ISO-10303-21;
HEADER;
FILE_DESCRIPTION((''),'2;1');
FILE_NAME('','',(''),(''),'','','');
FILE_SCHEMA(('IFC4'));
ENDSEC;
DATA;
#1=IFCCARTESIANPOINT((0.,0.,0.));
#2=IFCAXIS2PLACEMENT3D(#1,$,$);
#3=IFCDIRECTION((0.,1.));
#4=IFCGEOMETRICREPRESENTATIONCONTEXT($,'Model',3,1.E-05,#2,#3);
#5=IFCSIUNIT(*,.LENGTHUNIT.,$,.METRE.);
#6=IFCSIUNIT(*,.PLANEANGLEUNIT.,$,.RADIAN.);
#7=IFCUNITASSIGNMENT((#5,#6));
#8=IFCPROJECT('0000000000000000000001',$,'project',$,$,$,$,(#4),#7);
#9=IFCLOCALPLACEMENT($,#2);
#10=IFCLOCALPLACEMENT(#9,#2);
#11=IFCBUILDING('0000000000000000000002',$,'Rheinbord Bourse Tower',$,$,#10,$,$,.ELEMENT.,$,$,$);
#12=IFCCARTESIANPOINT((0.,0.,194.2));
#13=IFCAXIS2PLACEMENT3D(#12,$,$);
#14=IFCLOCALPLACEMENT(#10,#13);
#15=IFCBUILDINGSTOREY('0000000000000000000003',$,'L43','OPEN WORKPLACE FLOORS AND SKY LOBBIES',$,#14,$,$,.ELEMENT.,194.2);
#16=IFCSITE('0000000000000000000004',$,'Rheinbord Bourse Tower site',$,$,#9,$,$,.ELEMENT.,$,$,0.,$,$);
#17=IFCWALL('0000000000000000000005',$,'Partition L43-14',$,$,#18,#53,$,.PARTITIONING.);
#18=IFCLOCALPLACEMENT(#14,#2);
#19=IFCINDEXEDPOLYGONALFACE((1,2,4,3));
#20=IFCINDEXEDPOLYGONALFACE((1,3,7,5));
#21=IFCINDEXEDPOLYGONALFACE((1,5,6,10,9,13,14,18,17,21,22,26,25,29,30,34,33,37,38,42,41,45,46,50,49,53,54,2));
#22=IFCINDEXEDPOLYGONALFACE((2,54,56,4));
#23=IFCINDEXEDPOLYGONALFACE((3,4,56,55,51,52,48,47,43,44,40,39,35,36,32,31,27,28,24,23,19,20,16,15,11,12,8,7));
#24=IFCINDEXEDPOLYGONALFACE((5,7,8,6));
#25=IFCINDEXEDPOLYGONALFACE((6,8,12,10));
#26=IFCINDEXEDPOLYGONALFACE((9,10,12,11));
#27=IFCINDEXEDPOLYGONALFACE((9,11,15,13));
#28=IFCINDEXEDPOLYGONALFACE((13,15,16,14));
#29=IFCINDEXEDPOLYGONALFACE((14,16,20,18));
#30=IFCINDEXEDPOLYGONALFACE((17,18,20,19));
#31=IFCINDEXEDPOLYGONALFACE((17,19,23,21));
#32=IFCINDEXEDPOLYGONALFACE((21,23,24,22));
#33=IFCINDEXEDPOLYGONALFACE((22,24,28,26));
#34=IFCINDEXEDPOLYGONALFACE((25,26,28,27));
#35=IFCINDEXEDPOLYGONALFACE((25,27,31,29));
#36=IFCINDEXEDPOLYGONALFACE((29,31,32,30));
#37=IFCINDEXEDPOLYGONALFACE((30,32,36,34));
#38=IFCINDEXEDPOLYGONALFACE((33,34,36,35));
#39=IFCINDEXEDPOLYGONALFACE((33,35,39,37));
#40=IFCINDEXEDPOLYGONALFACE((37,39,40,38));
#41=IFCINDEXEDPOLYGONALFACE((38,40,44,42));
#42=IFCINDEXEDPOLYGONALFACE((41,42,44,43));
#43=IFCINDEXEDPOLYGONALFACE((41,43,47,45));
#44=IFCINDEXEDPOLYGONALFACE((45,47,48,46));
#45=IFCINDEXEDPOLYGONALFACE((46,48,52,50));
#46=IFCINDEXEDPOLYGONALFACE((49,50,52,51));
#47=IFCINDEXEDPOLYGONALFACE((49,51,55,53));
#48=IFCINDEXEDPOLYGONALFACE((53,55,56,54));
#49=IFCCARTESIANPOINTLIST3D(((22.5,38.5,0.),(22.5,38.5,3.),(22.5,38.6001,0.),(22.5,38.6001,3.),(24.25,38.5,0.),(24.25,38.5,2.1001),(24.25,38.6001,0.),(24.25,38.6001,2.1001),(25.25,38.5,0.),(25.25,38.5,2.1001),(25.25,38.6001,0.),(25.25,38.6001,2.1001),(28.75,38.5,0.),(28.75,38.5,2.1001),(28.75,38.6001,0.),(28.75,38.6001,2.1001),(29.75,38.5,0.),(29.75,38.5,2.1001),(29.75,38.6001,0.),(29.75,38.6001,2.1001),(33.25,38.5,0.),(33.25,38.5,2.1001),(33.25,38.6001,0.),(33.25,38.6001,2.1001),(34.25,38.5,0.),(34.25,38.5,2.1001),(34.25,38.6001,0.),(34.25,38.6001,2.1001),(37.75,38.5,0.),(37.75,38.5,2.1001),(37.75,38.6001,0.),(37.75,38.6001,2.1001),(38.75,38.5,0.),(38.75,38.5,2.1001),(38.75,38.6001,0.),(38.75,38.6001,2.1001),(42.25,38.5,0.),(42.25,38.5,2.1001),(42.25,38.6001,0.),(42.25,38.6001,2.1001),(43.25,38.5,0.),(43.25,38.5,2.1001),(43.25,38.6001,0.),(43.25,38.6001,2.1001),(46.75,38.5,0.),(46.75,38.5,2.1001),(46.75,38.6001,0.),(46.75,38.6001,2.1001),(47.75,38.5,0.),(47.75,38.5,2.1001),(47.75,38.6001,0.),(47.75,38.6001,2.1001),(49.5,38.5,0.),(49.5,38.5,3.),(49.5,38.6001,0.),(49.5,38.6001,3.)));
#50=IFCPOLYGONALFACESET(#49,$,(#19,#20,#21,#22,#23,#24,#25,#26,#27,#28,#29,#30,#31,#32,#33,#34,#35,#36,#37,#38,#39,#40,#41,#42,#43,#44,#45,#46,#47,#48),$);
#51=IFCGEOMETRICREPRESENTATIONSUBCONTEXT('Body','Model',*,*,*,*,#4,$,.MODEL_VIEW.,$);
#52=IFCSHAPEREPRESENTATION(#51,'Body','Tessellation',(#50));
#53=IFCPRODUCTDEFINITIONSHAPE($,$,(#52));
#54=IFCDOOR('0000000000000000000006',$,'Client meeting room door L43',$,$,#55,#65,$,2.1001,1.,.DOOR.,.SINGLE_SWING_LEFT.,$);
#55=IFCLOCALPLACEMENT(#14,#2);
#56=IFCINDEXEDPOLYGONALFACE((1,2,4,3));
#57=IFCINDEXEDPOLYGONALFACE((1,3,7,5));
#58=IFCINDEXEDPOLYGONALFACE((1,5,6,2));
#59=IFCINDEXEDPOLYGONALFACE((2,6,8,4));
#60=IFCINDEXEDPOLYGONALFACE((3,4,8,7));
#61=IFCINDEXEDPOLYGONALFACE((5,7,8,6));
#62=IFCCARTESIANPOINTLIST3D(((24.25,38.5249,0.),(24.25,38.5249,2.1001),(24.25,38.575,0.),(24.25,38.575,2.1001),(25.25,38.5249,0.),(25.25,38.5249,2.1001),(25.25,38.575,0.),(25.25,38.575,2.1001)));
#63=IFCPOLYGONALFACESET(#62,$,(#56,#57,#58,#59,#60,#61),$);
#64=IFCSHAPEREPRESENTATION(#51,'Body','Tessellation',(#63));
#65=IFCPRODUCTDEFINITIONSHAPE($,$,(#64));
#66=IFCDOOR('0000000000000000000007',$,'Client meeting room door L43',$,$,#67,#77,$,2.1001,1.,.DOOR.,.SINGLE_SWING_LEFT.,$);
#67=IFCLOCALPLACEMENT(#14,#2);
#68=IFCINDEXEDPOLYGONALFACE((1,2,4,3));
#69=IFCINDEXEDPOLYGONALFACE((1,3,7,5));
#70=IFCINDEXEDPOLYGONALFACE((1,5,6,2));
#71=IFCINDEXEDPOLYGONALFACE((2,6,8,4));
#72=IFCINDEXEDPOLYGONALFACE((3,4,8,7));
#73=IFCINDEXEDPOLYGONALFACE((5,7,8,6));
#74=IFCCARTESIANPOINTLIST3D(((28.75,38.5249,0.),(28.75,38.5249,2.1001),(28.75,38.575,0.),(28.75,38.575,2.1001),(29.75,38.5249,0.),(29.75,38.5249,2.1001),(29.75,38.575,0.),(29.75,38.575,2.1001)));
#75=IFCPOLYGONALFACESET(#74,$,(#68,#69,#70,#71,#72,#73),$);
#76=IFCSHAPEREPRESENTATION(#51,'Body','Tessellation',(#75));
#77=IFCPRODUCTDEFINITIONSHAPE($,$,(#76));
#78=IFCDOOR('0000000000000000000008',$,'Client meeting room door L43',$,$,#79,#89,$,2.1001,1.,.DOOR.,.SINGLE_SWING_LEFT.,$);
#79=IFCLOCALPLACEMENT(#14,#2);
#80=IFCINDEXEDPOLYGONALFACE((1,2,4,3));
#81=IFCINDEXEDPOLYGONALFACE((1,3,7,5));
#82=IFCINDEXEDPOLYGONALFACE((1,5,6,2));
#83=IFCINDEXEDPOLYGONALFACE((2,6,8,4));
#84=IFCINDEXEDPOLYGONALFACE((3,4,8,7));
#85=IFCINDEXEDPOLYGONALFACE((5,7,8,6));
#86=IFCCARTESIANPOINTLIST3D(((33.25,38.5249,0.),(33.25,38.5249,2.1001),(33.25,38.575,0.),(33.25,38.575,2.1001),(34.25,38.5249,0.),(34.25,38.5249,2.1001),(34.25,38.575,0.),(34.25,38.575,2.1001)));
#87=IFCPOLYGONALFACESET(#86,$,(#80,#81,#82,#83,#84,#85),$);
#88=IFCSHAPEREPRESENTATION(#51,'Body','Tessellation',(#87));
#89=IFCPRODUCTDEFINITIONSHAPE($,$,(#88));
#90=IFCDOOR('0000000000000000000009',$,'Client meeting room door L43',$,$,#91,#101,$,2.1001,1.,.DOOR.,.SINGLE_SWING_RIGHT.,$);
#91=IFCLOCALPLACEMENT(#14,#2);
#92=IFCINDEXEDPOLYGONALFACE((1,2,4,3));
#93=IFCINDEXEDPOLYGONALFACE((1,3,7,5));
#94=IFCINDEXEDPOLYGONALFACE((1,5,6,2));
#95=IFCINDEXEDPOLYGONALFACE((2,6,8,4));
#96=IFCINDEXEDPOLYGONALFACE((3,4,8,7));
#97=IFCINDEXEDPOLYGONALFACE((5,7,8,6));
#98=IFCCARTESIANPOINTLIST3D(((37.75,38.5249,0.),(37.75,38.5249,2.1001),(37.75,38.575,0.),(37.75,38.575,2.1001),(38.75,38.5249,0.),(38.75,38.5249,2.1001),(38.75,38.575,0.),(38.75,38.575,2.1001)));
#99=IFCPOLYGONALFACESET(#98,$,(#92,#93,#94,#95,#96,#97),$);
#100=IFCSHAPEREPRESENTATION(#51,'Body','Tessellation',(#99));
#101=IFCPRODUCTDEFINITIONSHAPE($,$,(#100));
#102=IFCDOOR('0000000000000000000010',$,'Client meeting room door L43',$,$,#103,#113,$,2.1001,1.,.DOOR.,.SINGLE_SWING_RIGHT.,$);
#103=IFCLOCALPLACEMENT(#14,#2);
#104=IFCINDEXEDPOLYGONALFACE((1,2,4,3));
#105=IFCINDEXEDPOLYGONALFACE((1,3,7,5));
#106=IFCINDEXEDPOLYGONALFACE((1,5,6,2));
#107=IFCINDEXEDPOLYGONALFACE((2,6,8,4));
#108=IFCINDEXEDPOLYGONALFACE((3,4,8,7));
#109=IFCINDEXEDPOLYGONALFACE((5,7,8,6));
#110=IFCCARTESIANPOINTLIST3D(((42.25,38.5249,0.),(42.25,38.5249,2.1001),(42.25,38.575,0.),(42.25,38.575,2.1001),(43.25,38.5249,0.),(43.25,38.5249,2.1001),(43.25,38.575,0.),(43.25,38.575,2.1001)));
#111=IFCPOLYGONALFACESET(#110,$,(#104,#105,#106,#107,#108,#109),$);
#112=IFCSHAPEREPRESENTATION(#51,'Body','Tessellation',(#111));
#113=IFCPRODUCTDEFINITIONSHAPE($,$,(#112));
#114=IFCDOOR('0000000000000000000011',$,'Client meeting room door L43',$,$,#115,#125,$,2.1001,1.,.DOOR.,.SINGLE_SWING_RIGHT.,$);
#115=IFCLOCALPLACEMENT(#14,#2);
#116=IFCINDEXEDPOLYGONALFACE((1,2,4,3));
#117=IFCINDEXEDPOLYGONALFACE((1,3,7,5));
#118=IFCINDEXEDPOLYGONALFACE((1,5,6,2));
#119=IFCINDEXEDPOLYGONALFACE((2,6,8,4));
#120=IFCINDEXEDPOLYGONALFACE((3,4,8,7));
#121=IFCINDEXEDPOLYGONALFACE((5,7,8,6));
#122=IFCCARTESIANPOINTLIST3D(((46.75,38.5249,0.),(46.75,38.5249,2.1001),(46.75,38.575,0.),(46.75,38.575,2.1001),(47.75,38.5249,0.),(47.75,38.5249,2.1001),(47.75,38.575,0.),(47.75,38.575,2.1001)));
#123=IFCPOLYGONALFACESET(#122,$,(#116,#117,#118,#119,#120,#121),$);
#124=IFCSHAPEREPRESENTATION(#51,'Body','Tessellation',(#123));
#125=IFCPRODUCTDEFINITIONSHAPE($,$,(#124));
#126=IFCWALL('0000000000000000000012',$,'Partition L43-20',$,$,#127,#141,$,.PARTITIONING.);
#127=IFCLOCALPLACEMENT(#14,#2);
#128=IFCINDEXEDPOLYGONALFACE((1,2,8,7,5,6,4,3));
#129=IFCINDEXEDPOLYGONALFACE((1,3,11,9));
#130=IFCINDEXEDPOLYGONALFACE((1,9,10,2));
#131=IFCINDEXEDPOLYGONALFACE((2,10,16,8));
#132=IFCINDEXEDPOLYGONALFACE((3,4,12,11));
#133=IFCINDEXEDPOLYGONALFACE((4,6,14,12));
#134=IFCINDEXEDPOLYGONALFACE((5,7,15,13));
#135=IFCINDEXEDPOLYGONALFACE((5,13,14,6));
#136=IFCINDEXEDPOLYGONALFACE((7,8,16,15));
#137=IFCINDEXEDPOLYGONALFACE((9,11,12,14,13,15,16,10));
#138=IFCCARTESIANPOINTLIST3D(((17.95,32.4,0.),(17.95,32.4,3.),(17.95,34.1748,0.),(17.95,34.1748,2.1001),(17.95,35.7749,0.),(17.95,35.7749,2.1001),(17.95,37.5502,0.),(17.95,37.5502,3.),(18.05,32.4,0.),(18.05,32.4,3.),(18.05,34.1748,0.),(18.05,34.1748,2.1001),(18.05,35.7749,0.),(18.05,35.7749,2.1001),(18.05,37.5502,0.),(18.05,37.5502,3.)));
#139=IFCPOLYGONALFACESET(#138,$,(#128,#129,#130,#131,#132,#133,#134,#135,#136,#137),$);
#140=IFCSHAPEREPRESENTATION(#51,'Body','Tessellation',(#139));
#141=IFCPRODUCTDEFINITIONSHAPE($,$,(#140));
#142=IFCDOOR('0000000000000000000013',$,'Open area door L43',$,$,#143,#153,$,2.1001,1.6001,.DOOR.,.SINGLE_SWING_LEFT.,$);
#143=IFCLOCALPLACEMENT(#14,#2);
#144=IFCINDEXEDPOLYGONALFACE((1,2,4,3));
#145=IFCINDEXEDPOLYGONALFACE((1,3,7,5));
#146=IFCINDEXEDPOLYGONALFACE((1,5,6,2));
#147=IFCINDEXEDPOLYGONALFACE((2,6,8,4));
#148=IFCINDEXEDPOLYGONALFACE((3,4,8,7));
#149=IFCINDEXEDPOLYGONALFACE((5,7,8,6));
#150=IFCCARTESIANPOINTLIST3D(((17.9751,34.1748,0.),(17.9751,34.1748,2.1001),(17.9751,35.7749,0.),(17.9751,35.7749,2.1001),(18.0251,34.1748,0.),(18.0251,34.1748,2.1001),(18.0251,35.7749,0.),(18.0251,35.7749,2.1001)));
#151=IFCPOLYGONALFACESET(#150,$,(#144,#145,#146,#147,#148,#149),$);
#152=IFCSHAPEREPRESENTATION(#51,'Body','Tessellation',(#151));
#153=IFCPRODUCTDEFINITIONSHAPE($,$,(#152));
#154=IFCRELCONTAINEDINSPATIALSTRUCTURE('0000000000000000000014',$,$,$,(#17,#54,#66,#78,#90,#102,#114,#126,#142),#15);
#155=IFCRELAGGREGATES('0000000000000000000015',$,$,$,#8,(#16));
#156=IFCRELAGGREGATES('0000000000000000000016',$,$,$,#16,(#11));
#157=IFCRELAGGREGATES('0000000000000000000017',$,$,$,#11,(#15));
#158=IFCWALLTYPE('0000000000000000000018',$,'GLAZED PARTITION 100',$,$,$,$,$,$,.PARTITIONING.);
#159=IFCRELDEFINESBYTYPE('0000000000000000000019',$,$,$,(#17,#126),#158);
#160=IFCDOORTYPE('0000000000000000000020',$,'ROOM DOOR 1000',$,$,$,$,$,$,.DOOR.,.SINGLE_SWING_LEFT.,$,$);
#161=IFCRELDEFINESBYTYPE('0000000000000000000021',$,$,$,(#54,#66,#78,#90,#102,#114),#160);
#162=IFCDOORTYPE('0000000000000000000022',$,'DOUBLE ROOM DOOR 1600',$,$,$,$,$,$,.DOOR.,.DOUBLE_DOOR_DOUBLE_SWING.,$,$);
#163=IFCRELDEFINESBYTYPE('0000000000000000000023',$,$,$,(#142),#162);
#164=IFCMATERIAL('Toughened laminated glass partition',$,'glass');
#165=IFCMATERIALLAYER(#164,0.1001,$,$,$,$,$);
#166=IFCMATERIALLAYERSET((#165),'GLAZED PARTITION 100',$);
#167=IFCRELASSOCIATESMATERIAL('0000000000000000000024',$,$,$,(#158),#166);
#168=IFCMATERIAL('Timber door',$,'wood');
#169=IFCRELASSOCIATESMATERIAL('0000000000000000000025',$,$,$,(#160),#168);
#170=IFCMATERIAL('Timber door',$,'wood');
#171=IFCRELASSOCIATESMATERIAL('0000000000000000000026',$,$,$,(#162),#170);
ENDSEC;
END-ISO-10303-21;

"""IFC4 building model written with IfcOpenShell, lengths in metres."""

from ifc_helpers import new_model, si_unit, direction, frame, frame_2d, origin, place, context, subcontext, project, spatial, rectangle, extrude, material, layer, layer_set, type_object, element, fill, save


model = new_model("IFC4")

# Units and contexts
model_context = context("Model", 3, precision=1e-05, world=origin(), true_north=direction((0.0, 1.0)))
body_context = subcontext(model_context, "Body", "Model", "MODEL_VIEW")
ifc_project = project(units=[si_unit("LENGTHUNIT", "METRE"), si_unit("PLANEANGLEUNIT", "RADIAN")], contexts=[model_context])

# Site, building, storey
site_placement = place(None, origin())
site = spatial("IfcSite", under=ifc_project, at=site_placement, Name="Rheinbord Bourse Tower site", CompositionType="ELEMENT", RefElevation=0.0)
building_placement = place(site_placement, origin())
building = spatial("IfcBuilding", under=site, at=building_placement, Name="Rheinbord Bourse Tower", CompositionType="ELEMENT")
storey_placement = place(building_placement, frame((0.0, 0.0, 194.2)))
storey = spatial("IfcBuildingStorey", under=building, at=storey_placement, Name="L43", Description="OPEN WORKPLACE FLOORS AND SKY LOBBIES", CompositionType="ELEMENT", Elevation=194.2)

# Wall, openings, doors
ifc_material_1 = material(Name="Toughened laminated glass partition", Category="glass")
ifc_layer_1 = layer(ifc_material_1, 0.1001)
ifc_layer_set_1 = layer_set([ifc_layer_1], Name="GLAZED PARTITION 100")
wall_type_1 = type_object("IfcWallType", Name="GLAZED PARTITION 100", PredefinedType="PARTITIONING", material=ifc_layer_set_1)
wall_1_placement = place(storey_placement, frame((22.5, 38.55, 0.0), z_axis=(0.0, 0.0, 1.0), x_axis=(1.0, 0.0, 0.0)))
wall_1 = element("IfcWall", 1, at=wall_1_placement, inside=storey, type_object=wall_type_1, Name="Partition L43-14", PredefinedType="PARTITIONING", context=body_context, shape_type="SweptSolid", body=[
    extrude(rectangle(XDim=27.0, YDim=0.1001, at=frame_2d((13.5, 0.0))), origin(), (0.0, 0.0, 1.0), 3.0),
])
opening_1_placement = place(wall_1_placement, frame((1.75, 0.0, 0.0)))
opening_1 = element("IfcOpeningElement", 2, at=opening_1_placement, cuts=wall_1, PredefinedType="OPENING", context=body_context, shape_type="SweptSolid", body=[
    extrude(rectangle(XDim=1.0, YDim=2.1001, at=frame_2d((0.5, 1.05))), frame((0.0, 0.0601, 0.0), z_axis=(0.0, -1.0, 0.0), x_axis=(1.0, 0.0, 0.0)), (0.0, 0.0, 1.0), 0.1201),
])
opening_2_placement = place(wall_1_placement, frame((6.25, 0.0, 0.0)))
opening_2 = element("IfcOpeningElement", 3, at=opening_2_placement, cuts=wall_1, PredefinedType="OPENING", context=body_context, shape_type="SweptSolid", body=[
    extrude(rectangle(XDim=1.0, YDim=2.1001, at=frame_2d((0.5, 1.05))), frame((0.0, 0.0601, 0.0), z_axis=(0.0, -1.0, 0.0), x_axis=(1.0, 0.0, 0.0)), (0.0, 0.0, 1.0), 0.1201),
])
opening_3_placement = place(wall_1_placement, frame((10.75, 0.0, 0.0)))
opening_3 = element("IfcOpeningElement", 4, at=opening_3_placement, cuts=wall_1, PredefinedType="OPENING", context=body_context, shape_type="SweptSolid", body=[
    extrude(rectangle(XDim=1.0, YDim=2.1001, at=frame_2d((0.5, 1.05))), frame((0.0, 0.0601, 0.0), z_axis=(0.0, -1.0, 0.0), x_axis=(1.0, 0.0, 0.0)), (0.0, 0.0, 1.0), 0.1201),
])
opening_4_placement = place(wall_1_placement, frame((15.25, 0.0, 0.0)))
opening_4 = element("IfcOpeningElement", 5, at=opening_4_placement, cuts=wall_1, PredefinedType="OPENING", context=body_context, shape_type="SweptSolid", body=[
    extrude(rectangle(XDim=1.0, YDim=2.1001, at=frame_2d((0.5, 1.05))), frame((0.0, 0.0601, 0.0), z_axis=(0.0, -1.0, 0.0), x_axis=(1.0, 0.0, 0.0)), (0.0, 0.0, 1.0), 0.1201),
])
opening_5_placement = place(wall_1_placement, frame((19.75, 0.0, 0.0)))
opening_5 = element("IfcOpeningElement", 6, at=opening_5_placement, cuts=wall_1, PredefinedType="OPENING", context=body_context, shape_type="SweptSolid", body=[
    extrude(rectangle(XDim=1.0, YDim=2.1001, at=frame_2d((0.5, 1.05))), frame((0.0, 0.0601, 0.0), z_axis=(0.0, -1.0, 0.0), x_axis=(1.0, 0.0, 0.0)), (0.0, 0.0, 1.0), 0.1201),
])
opening_6_placement = place(wall_1_placement, frame((24.25, 0.0, 0.0)))
opening_6 = element("IfcOpeningElement", 7, at=opening_6_placement, cuts=wall_1, PredefinedType="OPENING", context=body_context, shape_type="SweptSolid", body=[
    extrude(rectangle(XDim=1.0, YDim=2.1001, at=frame_2d((0.5, 1.05))), frame((0.0, 0.0601, 0.0), z_axis=(0.0, -1.0, 0.0), x_axis=(1.0, 0.0, 0.0)), (0.0, 0.0, 1.0), 0.1201),
])
ifc_material_2 = material(Name="Timber door", Category="wood")
door_type_1 = type_object("IfcDoorType", Name="ROOM DOOR 1000", OperationType="SINGLE_SWING_LEFT", PredefinedType="DOOR", material=ifc_material_2)
door_1_placement = place(opening_1_placement, origin())
door_1 = element("IfcDoor", 8, at=door_1_placement, inside=storey, type_object=door_type_1, Name="Client meeting room door L43", OperationType="SINGLE_SWING_LEFT", OverallHeight=2.1001, OverallWidth=1.0, PredefinedType="DOOR", context=body_context, shape_type="SweptSolid", body=[
    extrude(rectangle(XDim=1.0, YDim=2.1001, at=frame_2d((0.5, 1.05))), frame((0.0, 0.0249, 0.0), z_axis=(0.0, -1.0, 0.0), x_axis=(1.0, 0.0, 0.0)), (0.0, 0.0, 1.0), 0.05),
])
fill(opening_1, door_1)
door_2_placement = place(opening_2_placement, origin())
door_2 = element("IfcDoor", 9, at=door_2_placement, inside=storey, type_object=door_type_1, Name="Client meeting room door L43", OperationType="SINGLE_SWING_LEFT", OverallHeight=2.1001, OverallWidth=1.0, PredefinedType="DOOR", context=body_context, shape_type="SweptSolid", body=[
    extrude(rectangle(XDim=1.0, YDim=2.1001, at=frame_2d((0.5, 1.05))), frame((0.0, 0.0249, 0.0), z_axis=(0.0, -1.0, 0.0), x_axis=(1.0, 0.0, 0.0)), (0.0, 0.0, 1.0), 0.05),
])
fill(opening_2, door_2)
door_3_placement = place(opening_3_placement, origin())
door_3 = element("IfcDoor", 10, at=door_3_placement, inside=storey, type_object=door_type_1, Name="Client meeting room door L43", OperationType="SINGLE_SWING_LEFT", OverallHeight=2.1001, OverallWidth=1.0, PredefinedType="DOOR", context=body_context, shape_type="SweptSolid", body=[
    extrude(rectangle(XDim=1.0, YDim=2.1001, at=frame_2d((0.5, 1.05))), frame((0.0, 0.0249, 0.0), z_axis=(0.0, -1.0, 0.0), x_axis=(1.0, 0.0, 0.0)), (0.0, 0.0, 1.0), 0.05),
])
fill(opening_3, door_3)
door_4_placement = place(opening_4_placement, origin())
door_4 = element("IfcDoor", 11, at=door_4_placement, inside=storey, type_object=door_type_1, Name="Client meeting room door L43", OperationType="SINGLE_SWING_RIGHT", OverallHeight=2.1001, OverallWidth=1.0, PredefinedType="DOOR", context=body_context, shape_type="SweptSolid", body=[
    extrude(rectangle(XDim=1.0, YDim=2.1001, at=frame_2d((0.5, 1.05))), frame((0.0, 0.0249, 0.0), z_axis=(0.0, -1.0, 0.0), x_axis=(1.0, 0.0, 0.0)), (0.0, 0.0, 1.0), 0.05),
])
fill(opening_4, door_4)
door_5_placement = place(opening_5_placement, origin())
door_5 = element("IfcDoor", 12, at=door_5_placement, inside=storey, type_object=door_type_1, Name="Client meeting room door L43", OperationType="SINGLE_SWING_RIGHT", OverallHeight=2.1001, OverallWidth=1.0, PredefinedType="DOOR", context=body_context, shape_type="SweptSolid", body=[
    extrude(rectangle(XDim=1.0, YDim=2.1001, at=frame_2d((0.5, 1.05))), frame((0.0, 0.0249, 0.0), z_axis=(0.0, -1.0, 0.0), x_axis=(1.0, 0.0, 0.0)), (0.0, 0.0, 1.0), 0.05),
])
fill(opening_5, door_5)
door_6_placement = place(opening_6_placement, origin())
door_6 = element("IfcDoor", 13, at=door_6_placement, inside=storey, type_object=door_type_1, Name="Client meeting room door L43", OperationType="SINGLE_SWING_RIGHT", OverallHeight=2.1001, OverallWidth=1.0, PredefinedType="DOOR", context=body_context, shape_type="SweptSolid", body=[
    extrude(rectangle(XDim=1.0, YDim=2.1001, at=frame_2d((0.5, 1.05))), frame((0.0, 0.0249, 0.0), z_axis=(0.0, -1.0, 0.0), x_axis=(1.0, 0.0, 0.0)), (0.0, 0.0, 1.0), 0.05),
])
fill(opening_6, door_6)

# Wall, opening, door
wall_2_placement = place(storey_placement, frame((18.0, 32.3999, 0.0), z_axis=(0.0, 0.0, 1.0), x_axis=(0.0, 1.0, 0.0)))
wall_2 = element("IfcWall", 14, at=wall_2_placement, inside=storey, type_object=wall_type_1, Name="Partition L43-20", PredefinedType="PARTITIONING", context=body_context, shape_type="SweptSolid", body=[
    extrude(rectangle(XDim=5.1501, YDim=0.1001, at=frame_2d((2.5752, 0.0))), origin(), (0.0, 0.0, 1.0), 3.0),
])
opening_7_placement = place(wall_2_placement, frame((1.7749, 0.0, 0.0)))
opening_7 = element("IfcOpeningElement", 15, at=opening_7_placement, cuts=wall_2, PredefinedType="OPENING", context=body_context, shape_type="SweptSolid", body=[
    extrude(rectangle(XDim=1.6001, YDim=2.1001, at=frame_2d((0.8, 1.05))), frame((0.0, 0.0601, 0.0), z_axis=(0.0, -1.0, 0.0), x_axis=(1.0, 0.0, 0.0)), (0.0, 0.0, 1.0), 0.1201),
])
ifc_material_3 = material(Name="Timber door", Category="wood")
door_type_2 = type_object("IfcDoorType", Name="DOUBLE ROOM DOOR 1600", OperationType="DOUBLE_DOOR_DOUBLE_SWING", PredefinedType="DOOR", material=ifc_material_3)
door_7_placement = place(opening_7_placement, origin())
door_7 = element("IfcDoor", 16, at=door_7_placement, inside=storey, type_object=door_type_2, Name="Open area door L43", OperationType="SINGLE_SWING_LEFT", OverallHeight=2.1001, OverallWidth=1.6001, PredefinedType="DOOR", context=body_context, shape_type="SweptSolid", body=[
    extrude(rectangle(XDim=1.6001, YDim=2.1001, at=frame_2d((0.8, 1.05))), frame((0.0, 0.0249, 0.0), z_axis=(0.0, -1.0, 0.0), x_axis=(1.0, 0.0, 0.0)), (0.0, 0.0, 1.0), 0.05),
])
fill(opening_7, door_7)

save(model, "model.ifc")
